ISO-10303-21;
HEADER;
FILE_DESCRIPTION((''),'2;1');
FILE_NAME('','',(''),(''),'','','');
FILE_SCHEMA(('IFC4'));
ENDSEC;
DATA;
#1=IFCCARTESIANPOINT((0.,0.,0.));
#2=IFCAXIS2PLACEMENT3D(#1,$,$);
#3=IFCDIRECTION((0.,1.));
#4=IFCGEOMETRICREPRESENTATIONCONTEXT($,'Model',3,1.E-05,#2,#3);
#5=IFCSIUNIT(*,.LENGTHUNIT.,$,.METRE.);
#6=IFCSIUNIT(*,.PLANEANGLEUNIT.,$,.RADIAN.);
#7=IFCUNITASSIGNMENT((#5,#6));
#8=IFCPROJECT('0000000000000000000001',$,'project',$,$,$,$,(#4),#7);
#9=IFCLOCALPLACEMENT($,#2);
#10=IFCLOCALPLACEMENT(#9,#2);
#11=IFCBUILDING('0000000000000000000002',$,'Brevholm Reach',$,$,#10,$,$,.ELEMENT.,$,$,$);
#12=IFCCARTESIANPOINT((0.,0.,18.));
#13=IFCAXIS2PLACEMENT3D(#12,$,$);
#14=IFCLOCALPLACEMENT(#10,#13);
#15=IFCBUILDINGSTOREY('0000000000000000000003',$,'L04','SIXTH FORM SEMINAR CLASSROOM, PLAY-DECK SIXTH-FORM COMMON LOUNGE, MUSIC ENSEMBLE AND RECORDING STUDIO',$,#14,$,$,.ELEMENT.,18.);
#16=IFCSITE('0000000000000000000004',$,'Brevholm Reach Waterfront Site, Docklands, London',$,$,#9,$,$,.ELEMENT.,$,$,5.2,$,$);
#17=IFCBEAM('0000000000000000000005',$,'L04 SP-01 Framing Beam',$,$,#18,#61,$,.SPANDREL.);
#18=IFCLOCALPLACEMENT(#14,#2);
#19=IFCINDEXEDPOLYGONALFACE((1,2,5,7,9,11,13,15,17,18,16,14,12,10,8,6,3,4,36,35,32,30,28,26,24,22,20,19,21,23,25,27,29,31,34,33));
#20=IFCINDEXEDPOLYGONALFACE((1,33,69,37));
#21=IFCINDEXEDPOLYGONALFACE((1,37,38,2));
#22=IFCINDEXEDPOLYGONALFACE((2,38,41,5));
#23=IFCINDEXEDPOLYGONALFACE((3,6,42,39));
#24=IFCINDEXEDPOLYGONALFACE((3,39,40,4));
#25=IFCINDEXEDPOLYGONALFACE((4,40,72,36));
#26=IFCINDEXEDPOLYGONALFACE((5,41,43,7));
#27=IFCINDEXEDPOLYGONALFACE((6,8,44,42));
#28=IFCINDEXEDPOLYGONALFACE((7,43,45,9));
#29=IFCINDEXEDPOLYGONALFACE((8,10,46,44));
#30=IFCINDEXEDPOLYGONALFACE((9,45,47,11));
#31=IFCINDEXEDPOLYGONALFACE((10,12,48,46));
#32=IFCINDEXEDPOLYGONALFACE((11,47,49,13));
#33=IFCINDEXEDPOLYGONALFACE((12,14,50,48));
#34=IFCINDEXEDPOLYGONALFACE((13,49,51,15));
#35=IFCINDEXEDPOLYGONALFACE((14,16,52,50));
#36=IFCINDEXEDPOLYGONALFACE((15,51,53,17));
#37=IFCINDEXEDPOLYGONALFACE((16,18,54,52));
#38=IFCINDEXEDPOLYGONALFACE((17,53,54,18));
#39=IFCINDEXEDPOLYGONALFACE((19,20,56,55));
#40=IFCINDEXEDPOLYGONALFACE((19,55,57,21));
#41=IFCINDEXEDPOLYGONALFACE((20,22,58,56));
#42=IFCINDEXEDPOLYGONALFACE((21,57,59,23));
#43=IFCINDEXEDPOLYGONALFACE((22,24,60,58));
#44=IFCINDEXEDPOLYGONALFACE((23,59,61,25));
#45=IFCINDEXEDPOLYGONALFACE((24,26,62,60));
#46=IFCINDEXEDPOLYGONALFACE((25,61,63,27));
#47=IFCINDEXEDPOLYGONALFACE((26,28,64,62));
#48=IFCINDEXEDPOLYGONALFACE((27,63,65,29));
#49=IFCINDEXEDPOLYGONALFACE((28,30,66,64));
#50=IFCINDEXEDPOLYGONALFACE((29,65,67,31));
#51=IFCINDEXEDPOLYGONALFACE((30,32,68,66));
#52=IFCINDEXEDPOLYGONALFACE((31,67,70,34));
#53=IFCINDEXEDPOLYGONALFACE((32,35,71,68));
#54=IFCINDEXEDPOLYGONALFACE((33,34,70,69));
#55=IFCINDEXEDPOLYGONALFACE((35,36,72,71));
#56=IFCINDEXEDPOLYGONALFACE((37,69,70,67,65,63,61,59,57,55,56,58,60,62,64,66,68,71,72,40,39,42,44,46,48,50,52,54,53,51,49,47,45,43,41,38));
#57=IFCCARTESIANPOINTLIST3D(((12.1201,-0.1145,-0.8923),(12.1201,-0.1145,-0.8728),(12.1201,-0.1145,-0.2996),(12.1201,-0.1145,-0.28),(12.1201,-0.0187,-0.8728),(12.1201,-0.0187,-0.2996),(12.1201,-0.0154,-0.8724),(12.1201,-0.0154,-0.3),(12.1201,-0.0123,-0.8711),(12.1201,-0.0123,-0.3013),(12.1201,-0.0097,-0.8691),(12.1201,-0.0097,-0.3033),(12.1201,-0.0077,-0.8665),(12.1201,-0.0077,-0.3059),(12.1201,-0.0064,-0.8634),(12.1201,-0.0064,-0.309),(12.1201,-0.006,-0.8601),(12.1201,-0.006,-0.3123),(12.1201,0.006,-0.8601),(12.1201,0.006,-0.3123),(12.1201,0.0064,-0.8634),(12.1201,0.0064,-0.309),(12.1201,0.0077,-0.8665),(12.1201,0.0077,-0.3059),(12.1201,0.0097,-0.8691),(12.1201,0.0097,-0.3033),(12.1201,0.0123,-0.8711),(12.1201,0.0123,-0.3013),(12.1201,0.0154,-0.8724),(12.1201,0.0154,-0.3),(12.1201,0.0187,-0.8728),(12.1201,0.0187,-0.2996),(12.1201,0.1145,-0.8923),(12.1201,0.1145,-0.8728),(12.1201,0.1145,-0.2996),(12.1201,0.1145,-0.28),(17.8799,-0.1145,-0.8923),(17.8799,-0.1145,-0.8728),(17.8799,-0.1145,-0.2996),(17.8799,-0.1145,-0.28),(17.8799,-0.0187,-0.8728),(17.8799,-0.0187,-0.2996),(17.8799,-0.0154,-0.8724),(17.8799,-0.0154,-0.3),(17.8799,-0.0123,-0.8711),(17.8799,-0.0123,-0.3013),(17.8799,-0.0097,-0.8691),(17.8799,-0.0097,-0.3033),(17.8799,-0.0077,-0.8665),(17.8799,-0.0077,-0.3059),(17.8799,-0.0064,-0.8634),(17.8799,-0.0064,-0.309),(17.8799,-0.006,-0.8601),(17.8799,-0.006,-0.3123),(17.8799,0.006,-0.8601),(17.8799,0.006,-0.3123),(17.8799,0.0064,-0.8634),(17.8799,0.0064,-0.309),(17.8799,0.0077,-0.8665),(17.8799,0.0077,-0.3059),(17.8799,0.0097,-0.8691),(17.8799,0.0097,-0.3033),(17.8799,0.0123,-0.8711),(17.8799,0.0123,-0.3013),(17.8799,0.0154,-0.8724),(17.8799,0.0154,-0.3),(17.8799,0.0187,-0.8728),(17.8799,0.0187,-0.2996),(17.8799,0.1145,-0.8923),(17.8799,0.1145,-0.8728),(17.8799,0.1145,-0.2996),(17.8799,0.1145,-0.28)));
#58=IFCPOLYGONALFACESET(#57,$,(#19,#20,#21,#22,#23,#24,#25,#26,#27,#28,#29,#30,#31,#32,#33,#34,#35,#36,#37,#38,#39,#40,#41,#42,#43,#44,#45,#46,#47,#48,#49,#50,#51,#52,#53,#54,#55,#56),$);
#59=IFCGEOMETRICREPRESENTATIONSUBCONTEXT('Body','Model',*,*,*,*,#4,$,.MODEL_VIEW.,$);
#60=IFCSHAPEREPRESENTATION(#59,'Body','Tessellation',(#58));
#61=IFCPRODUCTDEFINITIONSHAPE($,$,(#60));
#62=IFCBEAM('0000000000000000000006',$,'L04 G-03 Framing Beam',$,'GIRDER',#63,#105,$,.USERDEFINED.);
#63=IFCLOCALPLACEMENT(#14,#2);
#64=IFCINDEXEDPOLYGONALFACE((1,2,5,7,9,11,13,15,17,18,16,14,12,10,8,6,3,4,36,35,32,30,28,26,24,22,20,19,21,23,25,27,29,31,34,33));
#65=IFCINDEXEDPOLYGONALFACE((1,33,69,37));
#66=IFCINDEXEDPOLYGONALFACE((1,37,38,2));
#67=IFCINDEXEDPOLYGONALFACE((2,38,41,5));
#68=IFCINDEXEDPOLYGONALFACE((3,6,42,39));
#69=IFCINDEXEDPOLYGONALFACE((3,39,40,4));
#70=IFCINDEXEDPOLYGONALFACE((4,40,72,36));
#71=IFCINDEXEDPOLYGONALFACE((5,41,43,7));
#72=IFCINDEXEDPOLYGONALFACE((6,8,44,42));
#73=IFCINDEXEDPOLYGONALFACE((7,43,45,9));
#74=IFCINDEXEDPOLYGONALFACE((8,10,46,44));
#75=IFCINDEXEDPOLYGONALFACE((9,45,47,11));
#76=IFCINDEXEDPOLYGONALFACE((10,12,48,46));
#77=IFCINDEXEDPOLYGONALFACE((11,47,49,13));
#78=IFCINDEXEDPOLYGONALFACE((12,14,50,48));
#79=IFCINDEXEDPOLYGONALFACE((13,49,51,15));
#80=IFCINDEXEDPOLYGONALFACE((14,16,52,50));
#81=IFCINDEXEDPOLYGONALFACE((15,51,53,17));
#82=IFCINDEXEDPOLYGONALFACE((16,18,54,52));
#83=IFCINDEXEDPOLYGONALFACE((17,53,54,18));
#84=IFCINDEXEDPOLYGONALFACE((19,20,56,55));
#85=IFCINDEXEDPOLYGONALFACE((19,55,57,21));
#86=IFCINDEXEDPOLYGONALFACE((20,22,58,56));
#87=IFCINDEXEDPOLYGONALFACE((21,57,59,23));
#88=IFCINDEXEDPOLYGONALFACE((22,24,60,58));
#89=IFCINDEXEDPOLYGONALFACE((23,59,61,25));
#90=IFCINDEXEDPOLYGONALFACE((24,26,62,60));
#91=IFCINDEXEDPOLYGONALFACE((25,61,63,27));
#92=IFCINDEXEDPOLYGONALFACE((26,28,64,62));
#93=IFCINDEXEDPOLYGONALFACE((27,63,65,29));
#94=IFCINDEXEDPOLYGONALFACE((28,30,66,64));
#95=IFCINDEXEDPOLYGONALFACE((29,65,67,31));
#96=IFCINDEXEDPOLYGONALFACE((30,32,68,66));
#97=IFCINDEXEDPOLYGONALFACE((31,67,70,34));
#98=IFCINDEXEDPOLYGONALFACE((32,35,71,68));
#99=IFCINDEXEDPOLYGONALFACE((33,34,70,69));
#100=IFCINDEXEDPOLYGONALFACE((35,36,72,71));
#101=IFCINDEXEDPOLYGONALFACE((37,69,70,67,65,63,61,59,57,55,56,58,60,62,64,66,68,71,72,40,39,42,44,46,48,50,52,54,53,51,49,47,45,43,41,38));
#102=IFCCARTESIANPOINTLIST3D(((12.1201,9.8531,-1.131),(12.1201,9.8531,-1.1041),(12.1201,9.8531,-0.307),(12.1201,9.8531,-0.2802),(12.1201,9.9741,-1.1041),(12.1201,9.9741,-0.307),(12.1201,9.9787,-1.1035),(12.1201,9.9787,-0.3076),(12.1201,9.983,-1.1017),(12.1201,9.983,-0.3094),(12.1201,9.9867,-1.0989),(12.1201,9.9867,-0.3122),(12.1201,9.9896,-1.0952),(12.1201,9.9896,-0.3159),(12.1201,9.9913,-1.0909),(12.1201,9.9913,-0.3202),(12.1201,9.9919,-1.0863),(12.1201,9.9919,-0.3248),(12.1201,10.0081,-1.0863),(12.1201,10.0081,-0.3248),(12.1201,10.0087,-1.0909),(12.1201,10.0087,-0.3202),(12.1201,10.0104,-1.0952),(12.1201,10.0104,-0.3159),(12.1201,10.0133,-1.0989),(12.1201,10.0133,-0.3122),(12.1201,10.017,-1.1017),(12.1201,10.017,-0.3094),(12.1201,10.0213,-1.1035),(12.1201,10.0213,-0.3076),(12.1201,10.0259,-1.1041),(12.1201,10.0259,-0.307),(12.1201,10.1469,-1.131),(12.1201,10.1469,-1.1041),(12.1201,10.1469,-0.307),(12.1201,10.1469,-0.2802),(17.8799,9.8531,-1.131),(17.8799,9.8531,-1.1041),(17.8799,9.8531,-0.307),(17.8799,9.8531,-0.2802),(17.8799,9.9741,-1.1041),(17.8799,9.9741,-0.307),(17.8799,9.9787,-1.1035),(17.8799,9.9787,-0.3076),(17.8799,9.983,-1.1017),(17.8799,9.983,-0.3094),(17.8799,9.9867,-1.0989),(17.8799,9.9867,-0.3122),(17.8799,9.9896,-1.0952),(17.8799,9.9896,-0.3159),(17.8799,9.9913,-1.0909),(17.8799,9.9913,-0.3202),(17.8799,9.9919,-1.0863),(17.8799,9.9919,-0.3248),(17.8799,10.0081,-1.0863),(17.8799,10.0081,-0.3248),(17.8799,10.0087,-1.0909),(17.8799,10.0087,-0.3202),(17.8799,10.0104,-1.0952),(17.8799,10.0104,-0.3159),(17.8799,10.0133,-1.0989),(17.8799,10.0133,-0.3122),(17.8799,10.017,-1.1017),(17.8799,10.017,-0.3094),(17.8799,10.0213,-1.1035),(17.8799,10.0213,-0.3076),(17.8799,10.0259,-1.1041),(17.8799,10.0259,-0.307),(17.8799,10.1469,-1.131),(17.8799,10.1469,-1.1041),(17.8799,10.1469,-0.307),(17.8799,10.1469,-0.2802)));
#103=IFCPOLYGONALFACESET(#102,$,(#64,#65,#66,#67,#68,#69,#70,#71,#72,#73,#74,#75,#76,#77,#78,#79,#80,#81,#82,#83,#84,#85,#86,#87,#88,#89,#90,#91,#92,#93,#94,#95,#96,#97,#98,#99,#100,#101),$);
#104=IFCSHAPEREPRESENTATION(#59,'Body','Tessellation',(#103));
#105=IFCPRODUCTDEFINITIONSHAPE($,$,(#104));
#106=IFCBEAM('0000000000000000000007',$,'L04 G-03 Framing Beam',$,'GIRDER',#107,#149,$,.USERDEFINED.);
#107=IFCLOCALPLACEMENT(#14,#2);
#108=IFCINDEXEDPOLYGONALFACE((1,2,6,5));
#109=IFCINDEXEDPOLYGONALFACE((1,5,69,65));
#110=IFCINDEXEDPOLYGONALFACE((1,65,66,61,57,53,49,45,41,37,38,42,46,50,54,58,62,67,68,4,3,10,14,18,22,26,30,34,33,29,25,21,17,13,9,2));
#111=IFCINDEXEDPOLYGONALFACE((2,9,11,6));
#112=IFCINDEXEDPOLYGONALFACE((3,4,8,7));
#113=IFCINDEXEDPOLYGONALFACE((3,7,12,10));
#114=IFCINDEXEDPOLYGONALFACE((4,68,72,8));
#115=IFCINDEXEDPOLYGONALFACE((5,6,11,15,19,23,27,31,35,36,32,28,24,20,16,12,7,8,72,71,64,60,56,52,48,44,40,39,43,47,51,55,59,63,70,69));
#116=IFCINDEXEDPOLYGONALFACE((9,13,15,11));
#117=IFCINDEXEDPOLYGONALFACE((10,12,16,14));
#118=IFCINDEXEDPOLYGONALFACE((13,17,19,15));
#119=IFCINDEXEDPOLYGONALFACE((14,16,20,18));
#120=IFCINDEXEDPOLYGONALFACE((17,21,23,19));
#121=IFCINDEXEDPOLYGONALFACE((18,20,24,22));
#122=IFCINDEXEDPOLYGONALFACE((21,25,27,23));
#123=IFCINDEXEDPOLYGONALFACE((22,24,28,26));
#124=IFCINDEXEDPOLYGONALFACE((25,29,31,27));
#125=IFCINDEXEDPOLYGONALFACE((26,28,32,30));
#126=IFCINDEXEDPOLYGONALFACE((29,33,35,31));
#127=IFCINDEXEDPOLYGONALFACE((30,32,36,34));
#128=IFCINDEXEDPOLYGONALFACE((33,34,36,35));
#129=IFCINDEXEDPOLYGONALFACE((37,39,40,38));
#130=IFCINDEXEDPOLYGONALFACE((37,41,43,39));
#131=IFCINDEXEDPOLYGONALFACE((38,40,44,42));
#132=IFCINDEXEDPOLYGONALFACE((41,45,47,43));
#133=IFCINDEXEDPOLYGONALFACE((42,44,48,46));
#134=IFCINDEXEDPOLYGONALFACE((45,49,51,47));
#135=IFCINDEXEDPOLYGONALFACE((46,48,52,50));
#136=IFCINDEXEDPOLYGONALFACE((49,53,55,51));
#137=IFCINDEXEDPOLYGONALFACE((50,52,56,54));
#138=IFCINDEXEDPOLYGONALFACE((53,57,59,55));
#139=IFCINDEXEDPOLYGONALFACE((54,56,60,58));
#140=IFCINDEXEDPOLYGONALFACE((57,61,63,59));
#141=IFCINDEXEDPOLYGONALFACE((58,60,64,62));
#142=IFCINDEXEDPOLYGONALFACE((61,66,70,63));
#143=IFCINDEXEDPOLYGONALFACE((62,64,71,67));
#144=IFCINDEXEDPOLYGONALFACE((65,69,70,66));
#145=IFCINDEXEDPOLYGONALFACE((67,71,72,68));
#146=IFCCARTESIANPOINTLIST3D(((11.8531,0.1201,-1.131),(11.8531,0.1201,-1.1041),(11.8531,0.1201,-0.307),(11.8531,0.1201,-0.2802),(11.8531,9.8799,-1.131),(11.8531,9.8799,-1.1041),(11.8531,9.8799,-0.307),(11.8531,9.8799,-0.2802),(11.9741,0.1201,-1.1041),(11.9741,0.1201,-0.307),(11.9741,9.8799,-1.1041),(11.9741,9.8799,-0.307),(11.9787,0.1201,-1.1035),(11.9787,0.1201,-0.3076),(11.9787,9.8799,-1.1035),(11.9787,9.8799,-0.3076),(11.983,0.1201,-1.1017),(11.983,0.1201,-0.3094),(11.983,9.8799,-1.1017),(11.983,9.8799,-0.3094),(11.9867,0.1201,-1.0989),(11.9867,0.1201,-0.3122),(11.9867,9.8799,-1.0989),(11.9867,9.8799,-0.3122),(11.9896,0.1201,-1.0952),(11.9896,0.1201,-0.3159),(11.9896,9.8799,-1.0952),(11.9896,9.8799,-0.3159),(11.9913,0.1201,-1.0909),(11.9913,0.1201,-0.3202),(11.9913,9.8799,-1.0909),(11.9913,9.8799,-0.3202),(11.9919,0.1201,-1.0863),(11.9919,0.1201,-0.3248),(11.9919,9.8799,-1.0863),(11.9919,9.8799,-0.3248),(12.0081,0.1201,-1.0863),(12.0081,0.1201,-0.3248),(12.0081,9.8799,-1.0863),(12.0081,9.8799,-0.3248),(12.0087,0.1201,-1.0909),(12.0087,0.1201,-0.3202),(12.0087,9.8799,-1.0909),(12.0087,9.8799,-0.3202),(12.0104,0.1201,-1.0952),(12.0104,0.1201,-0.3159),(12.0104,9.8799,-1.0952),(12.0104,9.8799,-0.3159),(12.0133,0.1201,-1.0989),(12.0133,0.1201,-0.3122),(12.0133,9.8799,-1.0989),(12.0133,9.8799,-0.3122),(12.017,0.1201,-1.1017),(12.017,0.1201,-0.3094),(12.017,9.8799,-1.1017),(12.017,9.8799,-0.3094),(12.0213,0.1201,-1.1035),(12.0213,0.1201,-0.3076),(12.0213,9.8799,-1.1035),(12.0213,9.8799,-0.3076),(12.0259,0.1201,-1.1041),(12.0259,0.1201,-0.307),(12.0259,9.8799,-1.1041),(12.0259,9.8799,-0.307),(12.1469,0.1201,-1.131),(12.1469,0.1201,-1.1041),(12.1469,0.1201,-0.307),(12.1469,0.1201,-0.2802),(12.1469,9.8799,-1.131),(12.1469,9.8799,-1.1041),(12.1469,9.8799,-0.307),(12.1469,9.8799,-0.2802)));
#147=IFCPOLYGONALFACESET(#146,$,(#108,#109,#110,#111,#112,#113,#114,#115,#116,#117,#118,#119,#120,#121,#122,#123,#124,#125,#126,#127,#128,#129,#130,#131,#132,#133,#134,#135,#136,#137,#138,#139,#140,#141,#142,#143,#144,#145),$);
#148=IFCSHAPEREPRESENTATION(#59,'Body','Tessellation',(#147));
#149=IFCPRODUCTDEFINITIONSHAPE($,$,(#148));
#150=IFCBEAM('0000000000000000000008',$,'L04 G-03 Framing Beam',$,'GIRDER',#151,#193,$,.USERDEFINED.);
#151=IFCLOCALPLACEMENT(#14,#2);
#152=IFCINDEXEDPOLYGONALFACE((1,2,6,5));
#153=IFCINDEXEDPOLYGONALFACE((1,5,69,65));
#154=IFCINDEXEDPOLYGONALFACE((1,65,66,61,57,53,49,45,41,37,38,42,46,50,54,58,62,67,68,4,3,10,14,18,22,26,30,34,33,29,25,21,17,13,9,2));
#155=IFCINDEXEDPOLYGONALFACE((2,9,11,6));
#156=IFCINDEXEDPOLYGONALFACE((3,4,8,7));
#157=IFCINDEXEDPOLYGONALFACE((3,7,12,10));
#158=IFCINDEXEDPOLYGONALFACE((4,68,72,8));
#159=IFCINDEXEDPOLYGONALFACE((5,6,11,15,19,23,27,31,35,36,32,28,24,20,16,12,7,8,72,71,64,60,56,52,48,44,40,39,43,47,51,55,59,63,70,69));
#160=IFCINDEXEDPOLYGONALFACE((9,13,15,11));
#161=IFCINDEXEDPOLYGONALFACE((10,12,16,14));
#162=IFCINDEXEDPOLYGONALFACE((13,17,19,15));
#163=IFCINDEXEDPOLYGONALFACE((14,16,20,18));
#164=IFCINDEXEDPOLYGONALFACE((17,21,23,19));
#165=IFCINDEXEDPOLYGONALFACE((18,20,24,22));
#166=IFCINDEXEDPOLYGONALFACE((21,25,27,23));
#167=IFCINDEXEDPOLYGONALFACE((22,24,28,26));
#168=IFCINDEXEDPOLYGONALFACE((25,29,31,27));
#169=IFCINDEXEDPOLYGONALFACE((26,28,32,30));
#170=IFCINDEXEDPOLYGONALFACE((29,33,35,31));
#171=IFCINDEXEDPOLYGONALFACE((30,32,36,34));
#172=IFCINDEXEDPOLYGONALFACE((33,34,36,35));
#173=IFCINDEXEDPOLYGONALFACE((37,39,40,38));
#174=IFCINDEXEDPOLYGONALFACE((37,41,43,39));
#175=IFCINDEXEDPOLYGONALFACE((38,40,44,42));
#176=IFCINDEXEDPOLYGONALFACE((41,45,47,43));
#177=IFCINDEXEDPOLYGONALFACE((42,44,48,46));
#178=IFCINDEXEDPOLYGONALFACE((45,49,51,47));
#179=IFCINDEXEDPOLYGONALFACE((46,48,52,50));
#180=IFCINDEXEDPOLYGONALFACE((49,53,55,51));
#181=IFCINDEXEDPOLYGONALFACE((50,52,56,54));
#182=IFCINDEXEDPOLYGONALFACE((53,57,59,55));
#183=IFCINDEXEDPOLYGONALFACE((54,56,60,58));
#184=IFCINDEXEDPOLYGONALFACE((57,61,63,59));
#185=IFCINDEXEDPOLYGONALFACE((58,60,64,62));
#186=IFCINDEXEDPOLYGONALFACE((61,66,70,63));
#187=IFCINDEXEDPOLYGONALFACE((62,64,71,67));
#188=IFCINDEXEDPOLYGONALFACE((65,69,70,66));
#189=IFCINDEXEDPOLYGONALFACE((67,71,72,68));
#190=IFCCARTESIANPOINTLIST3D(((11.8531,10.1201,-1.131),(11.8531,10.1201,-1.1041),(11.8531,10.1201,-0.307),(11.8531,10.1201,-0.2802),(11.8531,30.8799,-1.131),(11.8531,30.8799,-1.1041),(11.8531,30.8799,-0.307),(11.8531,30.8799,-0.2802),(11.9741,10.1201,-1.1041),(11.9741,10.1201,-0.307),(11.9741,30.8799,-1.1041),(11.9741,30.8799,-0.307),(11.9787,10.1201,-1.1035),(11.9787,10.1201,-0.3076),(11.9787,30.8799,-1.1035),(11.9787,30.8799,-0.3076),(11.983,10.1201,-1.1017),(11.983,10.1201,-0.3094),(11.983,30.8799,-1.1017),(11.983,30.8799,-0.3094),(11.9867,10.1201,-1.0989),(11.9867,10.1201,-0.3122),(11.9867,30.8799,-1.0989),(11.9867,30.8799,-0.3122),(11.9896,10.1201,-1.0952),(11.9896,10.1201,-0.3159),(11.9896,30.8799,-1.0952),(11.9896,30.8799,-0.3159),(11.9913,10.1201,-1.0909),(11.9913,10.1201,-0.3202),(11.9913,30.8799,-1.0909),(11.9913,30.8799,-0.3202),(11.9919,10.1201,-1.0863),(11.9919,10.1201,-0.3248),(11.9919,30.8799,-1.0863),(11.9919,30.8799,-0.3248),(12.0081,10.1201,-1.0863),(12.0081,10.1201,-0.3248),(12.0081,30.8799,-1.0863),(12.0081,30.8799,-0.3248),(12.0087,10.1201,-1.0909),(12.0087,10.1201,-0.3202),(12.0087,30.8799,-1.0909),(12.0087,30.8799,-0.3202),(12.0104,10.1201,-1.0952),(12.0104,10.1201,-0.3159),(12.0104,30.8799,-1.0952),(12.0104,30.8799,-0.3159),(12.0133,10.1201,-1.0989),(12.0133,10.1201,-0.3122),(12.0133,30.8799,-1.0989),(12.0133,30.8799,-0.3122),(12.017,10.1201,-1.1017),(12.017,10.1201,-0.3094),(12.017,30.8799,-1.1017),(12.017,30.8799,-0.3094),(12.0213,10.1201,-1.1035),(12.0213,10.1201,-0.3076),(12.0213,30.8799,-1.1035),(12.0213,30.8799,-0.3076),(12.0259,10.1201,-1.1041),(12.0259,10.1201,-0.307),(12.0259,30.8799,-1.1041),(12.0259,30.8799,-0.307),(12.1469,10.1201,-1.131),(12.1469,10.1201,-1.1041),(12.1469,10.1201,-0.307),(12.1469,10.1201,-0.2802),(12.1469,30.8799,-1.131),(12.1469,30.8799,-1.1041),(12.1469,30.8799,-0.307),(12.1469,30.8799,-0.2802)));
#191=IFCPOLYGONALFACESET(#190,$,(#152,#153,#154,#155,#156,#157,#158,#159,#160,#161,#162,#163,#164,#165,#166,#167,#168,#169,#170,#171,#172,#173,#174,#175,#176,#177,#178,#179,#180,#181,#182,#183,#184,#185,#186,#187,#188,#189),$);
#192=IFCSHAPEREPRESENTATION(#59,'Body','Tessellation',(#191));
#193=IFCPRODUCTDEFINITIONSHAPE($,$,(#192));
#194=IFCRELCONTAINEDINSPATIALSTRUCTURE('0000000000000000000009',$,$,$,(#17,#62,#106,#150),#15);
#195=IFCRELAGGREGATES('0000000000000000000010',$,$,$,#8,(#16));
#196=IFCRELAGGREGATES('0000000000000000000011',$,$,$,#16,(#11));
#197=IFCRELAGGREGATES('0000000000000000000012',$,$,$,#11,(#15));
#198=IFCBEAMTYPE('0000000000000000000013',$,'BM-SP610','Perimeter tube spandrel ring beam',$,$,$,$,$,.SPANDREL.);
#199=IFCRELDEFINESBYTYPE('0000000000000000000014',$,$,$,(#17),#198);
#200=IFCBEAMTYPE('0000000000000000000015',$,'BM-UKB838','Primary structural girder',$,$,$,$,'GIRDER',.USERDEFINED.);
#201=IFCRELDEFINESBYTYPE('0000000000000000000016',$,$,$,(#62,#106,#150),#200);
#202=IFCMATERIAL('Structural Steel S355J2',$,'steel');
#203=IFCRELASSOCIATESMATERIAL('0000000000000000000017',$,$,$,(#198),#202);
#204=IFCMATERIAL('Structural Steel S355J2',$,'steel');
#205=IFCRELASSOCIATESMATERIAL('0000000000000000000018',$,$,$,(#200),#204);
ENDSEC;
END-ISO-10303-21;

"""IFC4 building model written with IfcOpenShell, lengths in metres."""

from ifc_helpers import new_model, si_unit, direction, frame, origin, origin_2d, place, context, subcontext, project, spatial, i_section, extrude, material, material_profile, profile_set, type_object, element, save


model = new_model("IFC4")

# Units and contexts
model_context = context("Model", 3, precision=1e-05, world=origin(), true_north=direction((0.0, 1.0)))
body_context = subcontext(model_context, "Body", "Model", "MODEL_VIEW")
ifc_project = project(units=[si_unit("LENGTHUNIT", "METRE"), si_unit("PLANEANGLEUNIT", "RADIAN")], contexts=[model_context])

# Site, building, storey
site_placement = place(None, origin())
site = spatial("IfcSite", under=ifc_project, at=site_placement, Name="Brevholm Reach Waterfront Site, Docklands, London", CompositionType="ELEMENT", RefElevation=5.2)
building_placement = place(site_placement, origin())
building = spatial("IfcBuilding", under=site, at=building_placement, Name="Brevholm Reach", CompositionType="ELEMENT")
storey_placement = place(building_placement, frame((0.0, 0.0, 18.0)))
storey = spatial("IfcBuildingStorey", under=building, at=storey_placement, Name="L04", Description="SIXTH FORM SEMINAR CLASSROOM, PLAY-DECK SIXTH-FORM COMMON LOUNGE, MUSIC ENSEMBLE AND RECORDING STUDIO", CompositionType="ELEMENT", Elevation=18.0)

# Beams
ifc_material_1 = material(Name="Structural Steel S355J2", Category="steel")
ifc_material_profile_1 = material_profile(ifc_material_1, i_section(OverallWidth=0.229, OverallDepth=0.6123, WebThickness=0.012, FlangeThickness=0.0195, FilletRadius=0.0127, at=origin_2d()), Name="UKB 610x229x125")
ifc_profile_set_1 = profile_set([ifc_material_profile_1], Name="Structural Steel S355J2")
beam_type_1 = type_object("IfcBeamType", Name="BM-SP610", Description="Perimeter tube spandrel ring beam", PredefinedType="SPANDREL", material=ifc_profile_set_1)
beam_1_placement = place(storey_placement, frame((12.1201, 0.0, -0.5862), z_axis=(1.0, 0.0, 0.0), x_axis=(0.0, 1.0, 0.0)))
element("IfcBeam", 1, at=beam_1_placement, inside=storey, type_object=beam_type_1, Name="L04 SP-01 Framing Beam", PredefinedType="SPANDREL", context=body_context, shape_type="SweptSolid", body=[
    extrude(i_section(OverallWidth=0.229, OverallDepth=0.6123, WebThickness=0.012, FlangeThickness=0.0195, FilletRadius=0.0127, at=origin_2d()), origin(), (0.0, 0.0, 1.0), 5.7598),
])
ifc_material_2 = material(Name="Structural Steel S355J2", Category="steel")
ifc_material_profile_2 = material_profile(ifc_material_2, i_section(OverallWidth=0.2937, OverallDepth=0.8508, WebThickness=0.0161, FlangeThickness=0.0269, FilletRadius=0.0178, at=origin_2d()), Name="UKB 838x292x226")
ifc_profile_set_2 = profile_set([ifc_material_profile_2], Name="Structural Steel S355J2")
beam_type_2 = type_object("IfcBeamType", Name="BM-UKB838", Description="Primary structural girder", ElementType="GIRDER", PredefinedType="USERDEFINED", material=ifc_profile_set_2)
beam_2_placement = place(storey_placement, frame((12.1201, 10.0, -0.7056), z_axis=(1.0, 0.0, 0.0), x_axis=(0.0, 1.0, 0.0)))
element("IfcBeam", 2, at=beam_2_placement, inside=storey, type_object=beam_type_2, Name="L04 G-03 Framing Beam", ObjectType="GIRDER", PredefinedType="USERDEFINED", context=body_context, shape_type="SweptSolid", body=[
    extrude(i_section(OverallWidth=0.2937, OverallDepth=0.8508, WebThickness=0.0161, FlangeThickness=0.0269, FilletRadius=0.0178, at=origin_2d()), origin(), (0.0, 0.0, 1.0), 5.7598),
])
beam_3_placement = place(storey_placement, frame((12.0, 0.1201, -0.7056), z_axis=(0.0, 1.0, 0.0), x_axis=(-1.0, 0.0, 0.0)))
element("IfcBeam", 3, at=beam_3_placement, inside=storey, type_object=beam_type_2, Name="L04 G-03 Framing Beam", ObjectType="GIRDER", PredefinedType="USERDEFINED", context=body_context, shape_type="SweptSolid", body=[
    extrude(i_section(OverallWidth=0.2937, OverallDepth=0.8508, WebThickness=0.0161, FlangeThickness=0.0269, FilletRadius=0.0178, at=origin_2d()), origin(), (0.0, 0.0, 1.0), 9.7598),
])
beam_4_placement = place(storey_placement, frame((12.0, 10.1201, -0.7056), z_axis=(0.0, 1.0, 0.0), x_axis=(-1.0, 0.0, 0.0)))
element("IfcBeam", 4, at=beam_4_placement, inside=storey, type_object=beam_type_2, Name="L04 G-03 Framing Beam", ObjectType="GIRDER", PredefinedType="USERDEFINED", context=body_context, shape_type="SweptSolid", body=[
    extrude(i_section(OverallWidth=0.2937, OverallDepth=0.8508, WebThickness=0.0161, FlangeThickness=0.0269, FilletRadius=0.0178, at=origin_2d()), origin(), (0.0, 0.0, 1.0), 20.7598),
])

save(model, "model.ifc")
